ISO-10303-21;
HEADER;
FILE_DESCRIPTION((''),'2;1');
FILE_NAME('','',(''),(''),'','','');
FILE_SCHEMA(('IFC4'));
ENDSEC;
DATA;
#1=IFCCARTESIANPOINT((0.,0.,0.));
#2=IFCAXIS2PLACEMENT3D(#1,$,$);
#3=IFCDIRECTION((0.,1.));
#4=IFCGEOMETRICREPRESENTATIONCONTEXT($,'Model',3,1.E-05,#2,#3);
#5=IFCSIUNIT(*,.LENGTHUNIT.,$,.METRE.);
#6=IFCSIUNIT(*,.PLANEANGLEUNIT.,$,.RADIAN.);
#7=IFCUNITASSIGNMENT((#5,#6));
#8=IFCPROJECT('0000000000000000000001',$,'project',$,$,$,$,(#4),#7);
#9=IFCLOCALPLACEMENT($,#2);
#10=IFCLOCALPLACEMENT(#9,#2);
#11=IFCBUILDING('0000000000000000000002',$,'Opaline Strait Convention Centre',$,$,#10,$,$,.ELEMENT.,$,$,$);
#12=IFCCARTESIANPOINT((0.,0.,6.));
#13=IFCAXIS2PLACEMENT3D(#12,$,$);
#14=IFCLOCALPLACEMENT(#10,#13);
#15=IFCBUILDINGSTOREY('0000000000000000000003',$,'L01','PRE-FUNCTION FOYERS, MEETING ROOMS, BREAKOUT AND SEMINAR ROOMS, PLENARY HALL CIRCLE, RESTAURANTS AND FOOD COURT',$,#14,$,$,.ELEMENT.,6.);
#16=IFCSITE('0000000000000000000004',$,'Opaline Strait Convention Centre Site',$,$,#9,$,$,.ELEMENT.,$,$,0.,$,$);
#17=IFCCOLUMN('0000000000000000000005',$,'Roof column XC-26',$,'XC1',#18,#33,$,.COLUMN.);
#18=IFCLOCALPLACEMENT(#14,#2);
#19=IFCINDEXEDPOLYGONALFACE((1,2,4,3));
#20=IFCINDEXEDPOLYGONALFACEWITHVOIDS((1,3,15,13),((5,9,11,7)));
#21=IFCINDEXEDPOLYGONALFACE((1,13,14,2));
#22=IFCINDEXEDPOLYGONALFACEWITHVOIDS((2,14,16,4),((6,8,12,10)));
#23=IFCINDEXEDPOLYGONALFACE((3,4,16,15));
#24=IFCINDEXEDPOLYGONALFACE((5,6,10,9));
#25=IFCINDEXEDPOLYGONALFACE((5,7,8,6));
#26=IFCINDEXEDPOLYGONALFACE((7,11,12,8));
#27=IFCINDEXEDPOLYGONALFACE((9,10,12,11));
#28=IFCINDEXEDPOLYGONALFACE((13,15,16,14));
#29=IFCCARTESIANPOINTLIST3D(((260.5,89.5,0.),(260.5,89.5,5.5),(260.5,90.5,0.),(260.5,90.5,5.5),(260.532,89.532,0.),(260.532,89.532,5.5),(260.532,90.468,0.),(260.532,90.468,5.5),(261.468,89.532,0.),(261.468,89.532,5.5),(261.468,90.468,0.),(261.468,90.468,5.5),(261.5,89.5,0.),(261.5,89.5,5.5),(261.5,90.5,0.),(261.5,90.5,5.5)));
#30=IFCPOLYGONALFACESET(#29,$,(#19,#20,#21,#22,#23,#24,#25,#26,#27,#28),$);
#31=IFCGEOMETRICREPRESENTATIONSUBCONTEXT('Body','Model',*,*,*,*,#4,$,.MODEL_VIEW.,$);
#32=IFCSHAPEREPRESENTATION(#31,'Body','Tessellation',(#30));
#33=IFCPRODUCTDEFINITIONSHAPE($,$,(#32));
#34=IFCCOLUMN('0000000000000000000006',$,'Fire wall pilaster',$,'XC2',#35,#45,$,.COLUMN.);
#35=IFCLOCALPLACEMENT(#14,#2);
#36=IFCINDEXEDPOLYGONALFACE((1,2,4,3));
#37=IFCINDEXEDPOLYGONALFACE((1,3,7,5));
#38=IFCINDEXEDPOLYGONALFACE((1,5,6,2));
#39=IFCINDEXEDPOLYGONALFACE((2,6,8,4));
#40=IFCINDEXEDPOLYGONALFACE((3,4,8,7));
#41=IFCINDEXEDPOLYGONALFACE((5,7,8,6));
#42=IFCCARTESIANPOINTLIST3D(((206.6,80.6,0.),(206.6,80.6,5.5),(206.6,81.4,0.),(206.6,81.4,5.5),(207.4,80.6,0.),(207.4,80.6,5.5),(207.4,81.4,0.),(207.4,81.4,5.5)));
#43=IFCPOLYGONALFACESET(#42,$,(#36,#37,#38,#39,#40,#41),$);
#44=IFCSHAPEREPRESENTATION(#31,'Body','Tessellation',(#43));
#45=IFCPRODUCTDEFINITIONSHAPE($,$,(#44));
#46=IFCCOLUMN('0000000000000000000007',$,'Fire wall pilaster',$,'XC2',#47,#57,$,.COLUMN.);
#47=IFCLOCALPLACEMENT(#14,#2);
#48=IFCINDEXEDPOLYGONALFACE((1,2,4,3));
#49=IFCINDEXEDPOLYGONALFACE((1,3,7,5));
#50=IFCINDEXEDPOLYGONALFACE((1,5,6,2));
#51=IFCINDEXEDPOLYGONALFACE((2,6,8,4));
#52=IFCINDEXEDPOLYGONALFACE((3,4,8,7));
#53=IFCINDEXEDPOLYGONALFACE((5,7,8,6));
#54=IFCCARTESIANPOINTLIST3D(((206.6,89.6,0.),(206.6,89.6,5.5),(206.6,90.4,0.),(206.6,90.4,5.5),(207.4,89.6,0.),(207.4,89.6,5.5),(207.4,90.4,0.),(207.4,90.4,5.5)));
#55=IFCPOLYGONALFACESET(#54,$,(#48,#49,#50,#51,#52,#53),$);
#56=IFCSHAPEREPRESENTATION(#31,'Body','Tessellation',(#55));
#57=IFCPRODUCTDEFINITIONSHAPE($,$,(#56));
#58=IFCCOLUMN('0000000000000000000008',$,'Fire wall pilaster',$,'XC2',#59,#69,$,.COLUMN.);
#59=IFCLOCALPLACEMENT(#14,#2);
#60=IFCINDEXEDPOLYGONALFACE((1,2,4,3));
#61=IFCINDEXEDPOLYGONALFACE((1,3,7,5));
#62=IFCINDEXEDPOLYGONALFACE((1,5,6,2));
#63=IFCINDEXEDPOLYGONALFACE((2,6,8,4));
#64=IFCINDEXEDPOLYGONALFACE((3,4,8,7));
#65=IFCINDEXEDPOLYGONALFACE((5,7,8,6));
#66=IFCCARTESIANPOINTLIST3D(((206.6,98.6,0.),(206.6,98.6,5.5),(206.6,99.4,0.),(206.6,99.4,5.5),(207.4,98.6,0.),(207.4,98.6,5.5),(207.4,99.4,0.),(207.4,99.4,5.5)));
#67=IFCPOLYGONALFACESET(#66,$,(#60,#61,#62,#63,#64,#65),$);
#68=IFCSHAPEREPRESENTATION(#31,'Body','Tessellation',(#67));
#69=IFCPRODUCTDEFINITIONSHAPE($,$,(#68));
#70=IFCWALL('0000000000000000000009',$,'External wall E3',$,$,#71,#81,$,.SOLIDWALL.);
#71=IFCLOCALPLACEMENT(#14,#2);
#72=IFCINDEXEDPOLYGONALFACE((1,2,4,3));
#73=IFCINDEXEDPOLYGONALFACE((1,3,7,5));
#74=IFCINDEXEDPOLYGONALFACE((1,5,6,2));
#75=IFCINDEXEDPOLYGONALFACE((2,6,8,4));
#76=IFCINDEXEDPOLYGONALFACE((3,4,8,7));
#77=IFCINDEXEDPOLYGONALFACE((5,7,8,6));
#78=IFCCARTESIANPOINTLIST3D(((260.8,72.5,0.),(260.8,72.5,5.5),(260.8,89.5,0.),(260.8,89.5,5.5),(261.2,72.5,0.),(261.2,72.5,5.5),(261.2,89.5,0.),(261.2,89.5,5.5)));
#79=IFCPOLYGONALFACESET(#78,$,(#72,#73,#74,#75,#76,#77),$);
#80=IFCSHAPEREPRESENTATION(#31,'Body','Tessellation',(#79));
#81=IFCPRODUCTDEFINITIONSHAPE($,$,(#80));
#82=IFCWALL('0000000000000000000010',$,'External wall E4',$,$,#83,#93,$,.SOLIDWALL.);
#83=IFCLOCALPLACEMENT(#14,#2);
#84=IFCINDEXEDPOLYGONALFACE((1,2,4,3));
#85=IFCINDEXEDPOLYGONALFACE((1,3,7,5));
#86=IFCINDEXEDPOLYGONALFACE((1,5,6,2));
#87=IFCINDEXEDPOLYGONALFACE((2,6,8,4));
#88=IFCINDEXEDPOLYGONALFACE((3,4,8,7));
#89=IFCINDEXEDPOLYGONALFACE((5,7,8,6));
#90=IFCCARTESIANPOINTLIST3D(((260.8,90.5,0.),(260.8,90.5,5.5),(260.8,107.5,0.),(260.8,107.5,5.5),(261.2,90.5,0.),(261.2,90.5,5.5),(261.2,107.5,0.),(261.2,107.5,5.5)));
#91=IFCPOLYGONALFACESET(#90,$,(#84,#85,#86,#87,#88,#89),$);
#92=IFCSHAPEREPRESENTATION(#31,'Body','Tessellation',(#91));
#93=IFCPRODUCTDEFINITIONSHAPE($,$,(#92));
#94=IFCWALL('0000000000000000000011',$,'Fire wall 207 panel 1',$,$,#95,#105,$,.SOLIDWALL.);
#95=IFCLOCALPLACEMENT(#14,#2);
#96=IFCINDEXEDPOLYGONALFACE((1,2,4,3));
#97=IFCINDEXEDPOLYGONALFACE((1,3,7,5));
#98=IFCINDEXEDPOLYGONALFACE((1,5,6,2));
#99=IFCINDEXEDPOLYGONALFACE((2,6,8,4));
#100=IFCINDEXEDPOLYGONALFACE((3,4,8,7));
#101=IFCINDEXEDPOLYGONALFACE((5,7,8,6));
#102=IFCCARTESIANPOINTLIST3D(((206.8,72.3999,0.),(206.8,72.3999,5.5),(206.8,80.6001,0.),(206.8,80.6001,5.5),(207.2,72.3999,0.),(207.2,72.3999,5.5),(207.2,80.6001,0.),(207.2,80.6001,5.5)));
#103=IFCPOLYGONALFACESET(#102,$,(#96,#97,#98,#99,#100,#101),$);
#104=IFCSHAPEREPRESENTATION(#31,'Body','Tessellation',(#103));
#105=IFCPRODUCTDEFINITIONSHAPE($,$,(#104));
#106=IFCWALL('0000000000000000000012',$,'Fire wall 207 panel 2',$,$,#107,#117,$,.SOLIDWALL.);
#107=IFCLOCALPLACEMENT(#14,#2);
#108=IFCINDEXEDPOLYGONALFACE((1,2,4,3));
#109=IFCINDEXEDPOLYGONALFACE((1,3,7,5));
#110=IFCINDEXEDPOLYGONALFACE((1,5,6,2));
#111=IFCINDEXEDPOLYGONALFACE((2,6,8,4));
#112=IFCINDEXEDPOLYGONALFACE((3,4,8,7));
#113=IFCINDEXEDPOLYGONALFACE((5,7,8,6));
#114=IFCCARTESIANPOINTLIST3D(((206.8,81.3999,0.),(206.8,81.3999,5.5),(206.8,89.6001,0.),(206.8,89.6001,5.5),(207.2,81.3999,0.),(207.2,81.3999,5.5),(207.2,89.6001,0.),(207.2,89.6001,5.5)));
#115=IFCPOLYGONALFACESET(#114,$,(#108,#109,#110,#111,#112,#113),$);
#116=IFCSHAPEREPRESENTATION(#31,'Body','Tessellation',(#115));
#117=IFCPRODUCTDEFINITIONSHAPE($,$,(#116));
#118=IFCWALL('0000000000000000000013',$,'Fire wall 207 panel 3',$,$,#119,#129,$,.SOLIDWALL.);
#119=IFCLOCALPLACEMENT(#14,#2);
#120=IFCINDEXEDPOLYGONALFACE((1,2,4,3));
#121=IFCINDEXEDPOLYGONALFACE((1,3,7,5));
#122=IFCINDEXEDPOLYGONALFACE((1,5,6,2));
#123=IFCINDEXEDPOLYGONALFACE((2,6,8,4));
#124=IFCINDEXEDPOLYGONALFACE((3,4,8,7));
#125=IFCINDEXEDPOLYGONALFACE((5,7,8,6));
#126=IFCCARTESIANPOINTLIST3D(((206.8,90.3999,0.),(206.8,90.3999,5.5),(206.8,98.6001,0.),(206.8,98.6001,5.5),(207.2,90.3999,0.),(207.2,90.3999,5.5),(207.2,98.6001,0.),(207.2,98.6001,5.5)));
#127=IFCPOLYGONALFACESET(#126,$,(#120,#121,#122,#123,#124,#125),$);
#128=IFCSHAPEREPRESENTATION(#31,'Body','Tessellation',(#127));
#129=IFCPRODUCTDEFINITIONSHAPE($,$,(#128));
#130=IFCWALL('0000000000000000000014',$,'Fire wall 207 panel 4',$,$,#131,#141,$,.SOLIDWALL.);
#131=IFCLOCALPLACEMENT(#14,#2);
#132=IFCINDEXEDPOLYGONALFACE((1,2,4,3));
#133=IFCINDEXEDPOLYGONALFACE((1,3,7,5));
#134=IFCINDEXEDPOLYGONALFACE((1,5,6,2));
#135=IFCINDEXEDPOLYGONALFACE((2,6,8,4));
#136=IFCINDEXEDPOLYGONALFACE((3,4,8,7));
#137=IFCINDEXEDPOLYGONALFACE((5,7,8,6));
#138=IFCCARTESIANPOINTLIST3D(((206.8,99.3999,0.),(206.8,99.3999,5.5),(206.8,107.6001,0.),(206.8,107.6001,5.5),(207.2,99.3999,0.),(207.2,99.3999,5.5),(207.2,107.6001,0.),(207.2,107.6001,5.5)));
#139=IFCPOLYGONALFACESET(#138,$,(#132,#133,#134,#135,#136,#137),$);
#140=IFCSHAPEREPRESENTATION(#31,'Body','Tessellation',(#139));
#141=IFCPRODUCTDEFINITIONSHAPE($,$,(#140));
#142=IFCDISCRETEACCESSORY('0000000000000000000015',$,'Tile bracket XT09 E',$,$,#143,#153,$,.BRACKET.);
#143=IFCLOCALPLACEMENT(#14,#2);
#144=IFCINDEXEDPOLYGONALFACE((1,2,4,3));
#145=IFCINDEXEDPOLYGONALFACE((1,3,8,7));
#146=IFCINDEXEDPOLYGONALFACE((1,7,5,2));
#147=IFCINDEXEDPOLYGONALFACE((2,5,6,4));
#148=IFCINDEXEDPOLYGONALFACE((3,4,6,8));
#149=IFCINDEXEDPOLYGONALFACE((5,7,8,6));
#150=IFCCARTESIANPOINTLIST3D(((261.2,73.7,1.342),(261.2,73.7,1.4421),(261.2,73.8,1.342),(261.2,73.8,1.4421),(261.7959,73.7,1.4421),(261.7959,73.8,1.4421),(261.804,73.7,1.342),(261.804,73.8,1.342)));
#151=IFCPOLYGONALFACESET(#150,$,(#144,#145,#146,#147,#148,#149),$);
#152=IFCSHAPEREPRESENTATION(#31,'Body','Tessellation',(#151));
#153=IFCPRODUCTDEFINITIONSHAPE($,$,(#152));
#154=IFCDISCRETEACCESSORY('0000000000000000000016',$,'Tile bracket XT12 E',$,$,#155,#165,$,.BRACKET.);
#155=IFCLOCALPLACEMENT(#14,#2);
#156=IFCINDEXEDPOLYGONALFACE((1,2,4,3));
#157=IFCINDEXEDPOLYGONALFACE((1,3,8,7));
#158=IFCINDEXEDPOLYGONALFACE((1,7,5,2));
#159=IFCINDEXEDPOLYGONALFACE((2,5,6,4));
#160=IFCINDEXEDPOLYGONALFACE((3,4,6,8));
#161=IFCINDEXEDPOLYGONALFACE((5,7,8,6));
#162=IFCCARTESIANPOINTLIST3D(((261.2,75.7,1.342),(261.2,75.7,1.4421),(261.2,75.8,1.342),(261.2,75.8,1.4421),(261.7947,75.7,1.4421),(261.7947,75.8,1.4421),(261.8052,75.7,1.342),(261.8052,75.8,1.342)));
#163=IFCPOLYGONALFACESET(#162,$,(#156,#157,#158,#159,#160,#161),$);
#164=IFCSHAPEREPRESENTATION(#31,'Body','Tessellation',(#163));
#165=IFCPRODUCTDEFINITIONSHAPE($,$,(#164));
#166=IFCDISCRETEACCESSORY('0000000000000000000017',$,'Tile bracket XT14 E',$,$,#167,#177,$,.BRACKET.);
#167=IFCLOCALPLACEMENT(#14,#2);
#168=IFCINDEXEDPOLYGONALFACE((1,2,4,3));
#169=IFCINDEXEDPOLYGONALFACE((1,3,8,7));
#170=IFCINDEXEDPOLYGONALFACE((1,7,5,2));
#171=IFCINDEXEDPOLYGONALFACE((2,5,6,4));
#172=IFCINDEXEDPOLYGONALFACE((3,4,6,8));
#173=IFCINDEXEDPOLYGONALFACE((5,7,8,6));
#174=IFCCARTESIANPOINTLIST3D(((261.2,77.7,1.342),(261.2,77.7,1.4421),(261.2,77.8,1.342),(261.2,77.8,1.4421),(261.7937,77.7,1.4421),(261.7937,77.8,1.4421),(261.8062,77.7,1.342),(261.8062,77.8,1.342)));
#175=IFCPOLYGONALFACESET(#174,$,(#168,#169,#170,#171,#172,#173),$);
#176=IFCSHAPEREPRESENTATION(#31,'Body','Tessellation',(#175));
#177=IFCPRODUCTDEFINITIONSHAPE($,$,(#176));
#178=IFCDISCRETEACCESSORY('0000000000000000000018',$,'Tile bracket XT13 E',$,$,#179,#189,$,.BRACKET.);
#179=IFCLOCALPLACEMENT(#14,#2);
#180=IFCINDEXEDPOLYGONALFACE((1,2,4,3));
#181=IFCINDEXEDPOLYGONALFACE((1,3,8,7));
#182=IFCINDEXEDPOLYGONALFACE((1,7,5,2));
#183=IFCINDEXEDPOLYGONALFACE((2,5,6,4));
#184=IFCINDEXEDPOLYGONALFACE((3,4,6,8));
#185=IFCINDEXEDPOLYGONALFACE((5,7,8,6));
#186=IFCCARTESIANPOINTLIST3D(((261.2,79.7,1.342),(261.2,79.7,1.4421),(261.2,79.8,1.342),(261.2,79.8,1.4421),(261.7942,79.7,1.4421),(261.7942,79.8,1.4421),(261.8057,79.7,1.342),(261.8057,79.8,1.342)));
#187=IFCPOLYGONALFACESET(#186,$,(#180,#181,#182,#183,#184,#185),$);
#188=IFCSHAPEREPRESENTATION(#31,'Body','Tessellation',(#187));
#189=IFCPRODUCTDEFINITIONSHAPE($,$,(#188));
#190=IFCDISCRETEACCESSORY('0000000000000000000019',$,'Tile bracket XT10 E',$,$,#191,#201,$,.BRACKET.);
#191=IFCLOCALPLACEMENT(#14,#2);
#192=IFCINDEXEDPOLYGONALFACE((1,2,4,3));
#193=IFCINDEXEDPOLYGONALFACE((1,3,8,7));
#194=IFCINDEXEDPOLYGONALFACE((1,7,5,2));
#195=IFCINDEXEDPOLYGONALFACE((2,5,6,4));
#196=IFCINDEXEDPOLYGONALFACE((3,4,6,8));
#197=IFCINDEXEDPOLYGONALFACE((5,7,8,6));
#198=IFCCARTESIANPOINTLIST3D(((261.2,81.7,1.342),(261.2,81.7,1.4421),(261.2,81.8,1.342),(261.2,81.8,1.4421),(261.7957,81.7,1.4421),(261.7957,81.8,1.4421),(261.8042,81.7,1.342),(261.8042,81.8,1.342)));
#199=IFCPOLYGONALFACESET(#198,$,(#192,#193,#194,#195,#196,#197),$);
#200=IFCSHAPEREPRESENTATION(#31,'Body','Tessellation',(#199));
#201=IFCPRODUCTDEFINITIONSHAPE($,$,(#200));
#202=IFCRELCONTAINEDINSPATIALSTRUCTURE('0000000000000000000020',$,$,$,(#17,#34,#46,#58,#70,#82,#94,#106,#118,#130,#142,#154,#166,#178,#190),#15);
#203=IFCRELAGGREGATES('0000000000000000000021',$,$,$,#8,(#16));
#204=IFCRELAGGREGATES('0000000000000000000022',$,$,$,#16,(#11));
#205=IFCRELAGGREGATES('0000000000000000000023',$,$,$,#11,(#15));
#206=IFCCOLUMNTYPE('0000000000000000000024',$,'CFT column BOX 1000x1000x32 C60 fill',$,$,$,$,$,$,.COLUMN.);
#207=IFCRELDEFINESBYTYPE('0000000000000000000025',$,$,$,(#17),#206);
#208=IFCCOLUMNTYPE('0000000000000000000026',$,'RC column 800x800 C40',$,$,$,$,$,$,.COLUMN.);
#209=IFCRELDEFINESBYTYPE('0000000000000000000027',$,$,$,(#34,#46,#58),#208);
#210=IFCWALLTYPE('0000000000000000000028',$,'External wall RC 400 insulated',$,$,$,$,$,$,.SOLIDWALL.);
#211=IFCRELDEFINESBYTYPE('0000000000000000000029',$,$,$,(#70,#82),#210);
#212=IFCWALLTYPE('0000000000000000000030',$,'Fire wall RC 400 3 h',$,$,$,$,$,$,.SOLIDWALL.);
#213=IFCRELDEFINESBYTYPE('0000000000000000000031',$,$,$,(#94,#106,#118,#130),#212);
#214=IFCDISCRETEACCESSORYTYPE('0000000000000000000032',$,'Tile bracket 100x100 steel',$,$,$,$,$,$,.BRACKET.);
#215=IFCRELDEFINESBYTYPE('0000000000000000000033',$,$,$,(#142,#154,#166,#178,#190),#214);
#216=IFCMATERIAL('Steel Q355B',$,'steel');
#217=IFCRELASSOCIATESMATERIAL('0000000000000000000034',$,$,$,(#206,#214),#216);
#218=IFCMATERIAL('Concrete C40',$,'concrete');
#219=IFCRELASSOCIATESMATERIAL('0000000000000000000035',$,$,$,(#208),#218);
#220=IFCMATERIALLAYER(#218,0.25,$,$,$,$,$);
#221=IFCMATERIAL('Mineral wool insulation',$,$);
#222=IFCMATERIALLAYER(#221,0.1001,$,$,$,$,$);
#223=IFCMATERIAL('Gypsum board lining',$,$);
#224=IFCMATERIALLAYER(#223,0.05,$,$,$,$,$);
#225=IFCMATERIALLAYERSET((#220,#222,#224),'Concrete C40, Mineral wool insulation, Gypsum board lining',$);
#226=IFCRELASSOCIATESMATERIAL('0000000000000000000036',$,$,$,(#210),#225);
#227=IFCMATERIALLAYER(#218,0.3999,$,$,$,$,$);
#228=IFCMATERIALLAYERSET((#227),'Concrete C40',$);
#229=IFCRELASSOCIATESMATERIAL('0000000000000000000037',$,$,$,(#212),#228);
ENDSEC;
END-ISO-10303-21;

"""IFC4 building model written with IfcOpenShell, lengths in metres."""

from ifc_helpers import new_model, si_unit, direction, frame, frame_2d, origin, origin_2d, place, context, subcontext, project, spatial, polyline, rectangle, hollow_rectangle, outline, extrude, material, layer, layer_set, material_profile, profile_set, type_object, element, save


model = new_model("IFC4")

# Units and contexts
model_context = context("Model", 3, precision=1e-05, world=origin(), true_north=direction((0.0, 1.0)))
body_context = subcontext(model_context, "Body", "Model", "MODEL_VIEW")
ifc_project = project(units=[si_unit("LENGTHUNIT", "METRE"), si_unit("PLANEANGLEUNIT", "RADIAN")], contexts=[model_context])

# Site, building, storey
site_placement = place(None, origin())
site = spatial("IfcSite", under=ifc_project, at=site_placement, Name="Opaline Strait Convention Centre Site", CompositionType="ELEMENT", RefElevation=0.0)
building_placement = place(site_placement, origin())
building = spatial("IfcBuilding", under=site, at=building_placement, Name="Opaline Strait Convention Centre", CompositionType="ELEMENT")
storey_placement = place(building_placement, frame((0.0, 0.0, 6.0)))
storey = spatial("IfcBuildingStorey", under=building, at=storey_placement, Name="L01", Description="PRE-FUNCTION FOYERS, MEETING ROOMS, BREAKOUT AND SEMINAR ROOMS, PLENARY HALL CIRCLE, RESTAURANTS AND FOOD COURT", CompositionType="ELEMENT", Elevation=6.0)

# Columns
ifc_material_1 = material(Name="Steel Q355B", Category="steel")
ifc_material_profile_1 = material_profile(ifc_material_1, hollow_rectangle(XDim=1.0, YDim=1.0, WallThickness=0.032, at=origin_2d()), Name="BOX 1000x1000x32")
ifc_profile_set_1 = profile_set([ifc_material_profile_1], Name="Steel Q355B")
column_type_1 = type_object("IfcColumnType", Name="CFT column BOX 1000x1000x32 C60 fill", PredefinedType="COLUMN", material=ifc_profile_set_1)
column_placement = place(storey_placement, frame((261.0, 90.0, 0.0), z_axis=(0.0, 0.0, 1.0), x_axis=(1.0, 0.0, 0.0)))
element("IfcColumn", 1, at=column_placement, inside=storey, type_object=column_type_1, Name="Roof column XC-26", ObjectType="XC1", PredefinedType="COLUMN", context=body_context, shape_type="SweptSolid", body=[
    extrude(hollow_rectangle(XDim=1.0, YDim=1.0, WallThickness=0.032, at=origin_2d()), origin(), (0.0, 0.0, 1.0), 5.5),
])
ifc_material_2 = material(Name="Concrete C40", Category="concrete")
ifc_material_profile_2 = material_profile(ifc_material_2, rectangle(XDim=0.8, YDim=0.8, at=origin_2d()), Name="RC 800x800")
ifc_profile_set_2 = profile_set([ifc_material_profile_2], Name="Concrete C40")
column_type_2 = type_object("IfcColumnType", Name="RC column 800x800 C40", PredefinedType="COLUMN", material=ifc_profile_set_2)
for number, where, z_axis, x_axis, name in (
    (2, (207.0, 81.0, 0.0), (0.0, 0.0, 1.0), (1.0, 0.0, 0.0), "Fire wall pilaster"),
    (3, (207.0, 90.0, 0.0), (0.0, 0.0, 1.0), (1.0, 0.0, 0.0), "Fire wall pilaster"),
    (4, (207.0, 99.0, 0.0), (0.0, 0.0, 1.0), (1.0, 0.0, 0.0), "Fire wall pilaster"),
):
    element("IfcColumn", number, at=place(storey_placement, frame(where, z_axis=z_axis, x_axis=x_axis)), inside=storey, type_object=column_type_2, Name=name, ObjectType="XC2", PredefinedType="COLUMN", context=body_context, shape_type="SweptSolid", body=[
        extrude(rectangle(XDim=0.8, YDim=0.8, at=origin_2d()), origin(), (0.0, 0.0, 1.0), 5.5),
    ])

# Walls
ifc_layer_1 = layer(ifc_material_2, 0.25)
ifc_material_3 = material(Name="Mineral wool insulation")
ifc_layer_2 = layer(ifc_material_3, 0.1001)
ifc_material_4 = material(Name="Gypsum board lining")
ifc_layer_3 = layer(ifc_material_4, 0.05)
ifc_layer_set_1 = layer_set([ifc_layer_1, ifc_layer_2, ifc_layer_3], Name="Concrete C40, Mineral wool insulation, Gypsum board lining")
wall_type_1 = type_object("IfcWallType", Name="External wall RC 400 insulated", PredefinedType="SOLIDWALL", material=ifc_layer_set_1)
for number, where, z_axis, x_axis, name in (
    (5, (261.0, 72.5, 0.0), (0.0, 0.0, 1.0), (0.0, 1.0, 0.0), "External wall E3"),
    (6, (261.0, 90.5, 0.0), (0.0, 0.0, 1.0), (0.0, 1.0, 0.0), "External wall E4"),
):
    element("IfcWall", number, at=place(storey_placement, frame(where, z_axis=z_axis, x_axis=x_axis)), inside=storey, type_object=wall_type_1, Name=name, PredefinedType="SOLIDWALL", context=body_context, shape_type="SweptSolid", body=[
        extrude(rectangle(XDim=17.0, YDim=0.3999, at=frame_2d((8.5, 0.0))), origin(), (0.0, 0.0, 1.0), 5.5),
    ])
ifc_layer_4 = layer(ifc_material_2, 0.3999)
ifc_layer_set_2 = layer_set([ifc_layer_4], Name="Concrete C40")
wall_type_2 = type_object("IfcWallType", Name="Fire wall RC 400 3 h", PredefinedType="SOLIDWALL", material=ifc_layer_set_2)
for number, where, z_axis, x_axis, name in (
    (7, (207.0, 72.3999, 0.0), (0.0, 0.0, 1.0), (0.0, 1.0, 0.0), "Fire wall 207 panel 1"),
    (8, (207.0, 81.3999, 0.0), (0.0, 0.0, 1.0), (0.0, 1.0, 0.0), "Fire wall 207 panel 2"),
    (9, (207.0, 90.3999, 0.0), (0.0, 0.0, 1.0), (0.0, 1.0, 0.0), "Fire wall 207 panel 3"),
    (10, (207.0, 99.3999, 0.0), (0.0, 0.0, 1.0), (0.0, 1.0, 0.0), "Fire wall 207 panel 4"),
):
    element("IfcWall", number, at=place(storey_placement, frame(where, z_axis=z_axis, x_axis=x_axis)), inside=storey, type_object=wall_type_2, Name=name, PredefinedType="SOLIDWALL", context=body_context, shape_type="SweptSolid", body=[
        extrude(rectangle(XDim=8.2002, YDim=0.3999, at=frame_2d((4.1001, 0.0))), origin(), (0.0, 0.0, 1.0), 5.5),
    ])

# Discrete accessories
discrete_accessory_type = type_object("IfcDiscreteAccessoryType", Name="Tile bracket 100x100 steel", PredefinedType="BRACKET", material=ifc_material_1)
discrete_accessory_1_placement = place(storey_placement, frame((261.2, 73.7, 1.3921), z_axis=(0.0, 1.0, 0.0), x_axis=(-1.0, 0.0, 0.0)))
element("IfcDiscreteAccessory", 11, at=discrete_accessory_1_placement, inside=storey, type_object=discrete_accessory_type, Name="Tile bracket XT09 E", PredefinedType="BRACKET", context=body_context, shape_type="SweptSolid", body=[
    extrude(outline(polyline([(0.0, -0.05), (0.0, 0.05), (-0.5959, 0.05), (-0.604, -0.05), (0.0, -0.05)])), origin(), (0.0, 0.0, 1.0), 0.1001),
])
discrete_accessory_2_placement = place(storey_placement, frame((261.2, 75.7, 1.3921), z_axis=(0.0, 1.0, 0.0), x_axis=(-1.0, 0.0, 0.0)))
element("IfcDiscreteAccessory", 12, at=discrete_accessory_2_placement, inside=storey, type_object=discrete_accessory_type, Name="Tile bracket XT12 E", PredefinedType="BRACKET", context=body_context, shape_type="SweptSolid", body=[
    extrude(outline(polyline([(0.0, -0.05), (0.0, 0.05), (-0.5947, 0.05), (-0.6052, -0.05), (0.0, -0.05)])), origin(), (0.0, 0.0, 1.0), 0.1001),
])
discrete_accessory_3_placement = place(storey_placement, frame((261.2, 77.7, 1.3921), z_axis=(0.0, 1.0, 0.0), x_axis=(-1.0, 0.0, 0.0)))
element("IfcDiscreteAccessory", 13, at=discrete_accessory_3_placement, inside=storey, type_object=discrete_accessory_type, Name="Tile bracket XT14 E", PredefinedType="BRACKET", context=body_context, shape_type="SweptSolid", body=[
    extrude(outline(polyline([(0.0, -0.05), (0.0, 0.05), (-0.5938, 0.05), (-0.6062, -0.05), (0.0, -0.05)])), origin(), (0.0, 0.0, 1.0), 0.1001),
])
discrete_accessory_4_placement = place(storey_placement, frame((261.2, 79.7, 1.3921), z_axis=(0.0, 1.0, 0.0), x_axis=(-1.0, 0.0, 0.0)))
element("IfcDiscreteAccessory", 14, at=discrete_accessory_4_placement, inside=storey, type_object=discrete_accessory_type, Name="Tile bracket XT13 E", PredefinedType="BRACKET", context=body_context, shape_type="SweptSolid", body=[
    extrude(outline(polyline([(0.0, -0.05), (0.0, 0.05), (-0.5942, 0.05), (-0.6057, -0.05), (0.0, -0.05)])), origin(), (0.0, 0.0, 1.0), 0.1001),
])
discrete_accessory_5_placement = place(storey_placement, frame((261.2, 81.7, 1.3921), z_axis=(0.0, 1.0, 0.0), x_axis=(-1.0, 0.0, 0.0)))
element("IfcDiscreteAccessory", 15, at=discrete_accessory_5_placement, inside=storey, type_object=discrete_accessory_type, Name="Tile bracket XT10 E", PredefinedType="BRACKET", context=body_context, shape_type="SweptSolid", body=[
    extrude(outline(polyline([(0.0, -0.05), (0.0, 0.05), (-0.5957, 0.05), (-0.6042, -0.05), (0.0, -0.05)])), origin(), (0.0, 0.0, 1.0), 0.1001),
])

save(model, "model.ifc")
